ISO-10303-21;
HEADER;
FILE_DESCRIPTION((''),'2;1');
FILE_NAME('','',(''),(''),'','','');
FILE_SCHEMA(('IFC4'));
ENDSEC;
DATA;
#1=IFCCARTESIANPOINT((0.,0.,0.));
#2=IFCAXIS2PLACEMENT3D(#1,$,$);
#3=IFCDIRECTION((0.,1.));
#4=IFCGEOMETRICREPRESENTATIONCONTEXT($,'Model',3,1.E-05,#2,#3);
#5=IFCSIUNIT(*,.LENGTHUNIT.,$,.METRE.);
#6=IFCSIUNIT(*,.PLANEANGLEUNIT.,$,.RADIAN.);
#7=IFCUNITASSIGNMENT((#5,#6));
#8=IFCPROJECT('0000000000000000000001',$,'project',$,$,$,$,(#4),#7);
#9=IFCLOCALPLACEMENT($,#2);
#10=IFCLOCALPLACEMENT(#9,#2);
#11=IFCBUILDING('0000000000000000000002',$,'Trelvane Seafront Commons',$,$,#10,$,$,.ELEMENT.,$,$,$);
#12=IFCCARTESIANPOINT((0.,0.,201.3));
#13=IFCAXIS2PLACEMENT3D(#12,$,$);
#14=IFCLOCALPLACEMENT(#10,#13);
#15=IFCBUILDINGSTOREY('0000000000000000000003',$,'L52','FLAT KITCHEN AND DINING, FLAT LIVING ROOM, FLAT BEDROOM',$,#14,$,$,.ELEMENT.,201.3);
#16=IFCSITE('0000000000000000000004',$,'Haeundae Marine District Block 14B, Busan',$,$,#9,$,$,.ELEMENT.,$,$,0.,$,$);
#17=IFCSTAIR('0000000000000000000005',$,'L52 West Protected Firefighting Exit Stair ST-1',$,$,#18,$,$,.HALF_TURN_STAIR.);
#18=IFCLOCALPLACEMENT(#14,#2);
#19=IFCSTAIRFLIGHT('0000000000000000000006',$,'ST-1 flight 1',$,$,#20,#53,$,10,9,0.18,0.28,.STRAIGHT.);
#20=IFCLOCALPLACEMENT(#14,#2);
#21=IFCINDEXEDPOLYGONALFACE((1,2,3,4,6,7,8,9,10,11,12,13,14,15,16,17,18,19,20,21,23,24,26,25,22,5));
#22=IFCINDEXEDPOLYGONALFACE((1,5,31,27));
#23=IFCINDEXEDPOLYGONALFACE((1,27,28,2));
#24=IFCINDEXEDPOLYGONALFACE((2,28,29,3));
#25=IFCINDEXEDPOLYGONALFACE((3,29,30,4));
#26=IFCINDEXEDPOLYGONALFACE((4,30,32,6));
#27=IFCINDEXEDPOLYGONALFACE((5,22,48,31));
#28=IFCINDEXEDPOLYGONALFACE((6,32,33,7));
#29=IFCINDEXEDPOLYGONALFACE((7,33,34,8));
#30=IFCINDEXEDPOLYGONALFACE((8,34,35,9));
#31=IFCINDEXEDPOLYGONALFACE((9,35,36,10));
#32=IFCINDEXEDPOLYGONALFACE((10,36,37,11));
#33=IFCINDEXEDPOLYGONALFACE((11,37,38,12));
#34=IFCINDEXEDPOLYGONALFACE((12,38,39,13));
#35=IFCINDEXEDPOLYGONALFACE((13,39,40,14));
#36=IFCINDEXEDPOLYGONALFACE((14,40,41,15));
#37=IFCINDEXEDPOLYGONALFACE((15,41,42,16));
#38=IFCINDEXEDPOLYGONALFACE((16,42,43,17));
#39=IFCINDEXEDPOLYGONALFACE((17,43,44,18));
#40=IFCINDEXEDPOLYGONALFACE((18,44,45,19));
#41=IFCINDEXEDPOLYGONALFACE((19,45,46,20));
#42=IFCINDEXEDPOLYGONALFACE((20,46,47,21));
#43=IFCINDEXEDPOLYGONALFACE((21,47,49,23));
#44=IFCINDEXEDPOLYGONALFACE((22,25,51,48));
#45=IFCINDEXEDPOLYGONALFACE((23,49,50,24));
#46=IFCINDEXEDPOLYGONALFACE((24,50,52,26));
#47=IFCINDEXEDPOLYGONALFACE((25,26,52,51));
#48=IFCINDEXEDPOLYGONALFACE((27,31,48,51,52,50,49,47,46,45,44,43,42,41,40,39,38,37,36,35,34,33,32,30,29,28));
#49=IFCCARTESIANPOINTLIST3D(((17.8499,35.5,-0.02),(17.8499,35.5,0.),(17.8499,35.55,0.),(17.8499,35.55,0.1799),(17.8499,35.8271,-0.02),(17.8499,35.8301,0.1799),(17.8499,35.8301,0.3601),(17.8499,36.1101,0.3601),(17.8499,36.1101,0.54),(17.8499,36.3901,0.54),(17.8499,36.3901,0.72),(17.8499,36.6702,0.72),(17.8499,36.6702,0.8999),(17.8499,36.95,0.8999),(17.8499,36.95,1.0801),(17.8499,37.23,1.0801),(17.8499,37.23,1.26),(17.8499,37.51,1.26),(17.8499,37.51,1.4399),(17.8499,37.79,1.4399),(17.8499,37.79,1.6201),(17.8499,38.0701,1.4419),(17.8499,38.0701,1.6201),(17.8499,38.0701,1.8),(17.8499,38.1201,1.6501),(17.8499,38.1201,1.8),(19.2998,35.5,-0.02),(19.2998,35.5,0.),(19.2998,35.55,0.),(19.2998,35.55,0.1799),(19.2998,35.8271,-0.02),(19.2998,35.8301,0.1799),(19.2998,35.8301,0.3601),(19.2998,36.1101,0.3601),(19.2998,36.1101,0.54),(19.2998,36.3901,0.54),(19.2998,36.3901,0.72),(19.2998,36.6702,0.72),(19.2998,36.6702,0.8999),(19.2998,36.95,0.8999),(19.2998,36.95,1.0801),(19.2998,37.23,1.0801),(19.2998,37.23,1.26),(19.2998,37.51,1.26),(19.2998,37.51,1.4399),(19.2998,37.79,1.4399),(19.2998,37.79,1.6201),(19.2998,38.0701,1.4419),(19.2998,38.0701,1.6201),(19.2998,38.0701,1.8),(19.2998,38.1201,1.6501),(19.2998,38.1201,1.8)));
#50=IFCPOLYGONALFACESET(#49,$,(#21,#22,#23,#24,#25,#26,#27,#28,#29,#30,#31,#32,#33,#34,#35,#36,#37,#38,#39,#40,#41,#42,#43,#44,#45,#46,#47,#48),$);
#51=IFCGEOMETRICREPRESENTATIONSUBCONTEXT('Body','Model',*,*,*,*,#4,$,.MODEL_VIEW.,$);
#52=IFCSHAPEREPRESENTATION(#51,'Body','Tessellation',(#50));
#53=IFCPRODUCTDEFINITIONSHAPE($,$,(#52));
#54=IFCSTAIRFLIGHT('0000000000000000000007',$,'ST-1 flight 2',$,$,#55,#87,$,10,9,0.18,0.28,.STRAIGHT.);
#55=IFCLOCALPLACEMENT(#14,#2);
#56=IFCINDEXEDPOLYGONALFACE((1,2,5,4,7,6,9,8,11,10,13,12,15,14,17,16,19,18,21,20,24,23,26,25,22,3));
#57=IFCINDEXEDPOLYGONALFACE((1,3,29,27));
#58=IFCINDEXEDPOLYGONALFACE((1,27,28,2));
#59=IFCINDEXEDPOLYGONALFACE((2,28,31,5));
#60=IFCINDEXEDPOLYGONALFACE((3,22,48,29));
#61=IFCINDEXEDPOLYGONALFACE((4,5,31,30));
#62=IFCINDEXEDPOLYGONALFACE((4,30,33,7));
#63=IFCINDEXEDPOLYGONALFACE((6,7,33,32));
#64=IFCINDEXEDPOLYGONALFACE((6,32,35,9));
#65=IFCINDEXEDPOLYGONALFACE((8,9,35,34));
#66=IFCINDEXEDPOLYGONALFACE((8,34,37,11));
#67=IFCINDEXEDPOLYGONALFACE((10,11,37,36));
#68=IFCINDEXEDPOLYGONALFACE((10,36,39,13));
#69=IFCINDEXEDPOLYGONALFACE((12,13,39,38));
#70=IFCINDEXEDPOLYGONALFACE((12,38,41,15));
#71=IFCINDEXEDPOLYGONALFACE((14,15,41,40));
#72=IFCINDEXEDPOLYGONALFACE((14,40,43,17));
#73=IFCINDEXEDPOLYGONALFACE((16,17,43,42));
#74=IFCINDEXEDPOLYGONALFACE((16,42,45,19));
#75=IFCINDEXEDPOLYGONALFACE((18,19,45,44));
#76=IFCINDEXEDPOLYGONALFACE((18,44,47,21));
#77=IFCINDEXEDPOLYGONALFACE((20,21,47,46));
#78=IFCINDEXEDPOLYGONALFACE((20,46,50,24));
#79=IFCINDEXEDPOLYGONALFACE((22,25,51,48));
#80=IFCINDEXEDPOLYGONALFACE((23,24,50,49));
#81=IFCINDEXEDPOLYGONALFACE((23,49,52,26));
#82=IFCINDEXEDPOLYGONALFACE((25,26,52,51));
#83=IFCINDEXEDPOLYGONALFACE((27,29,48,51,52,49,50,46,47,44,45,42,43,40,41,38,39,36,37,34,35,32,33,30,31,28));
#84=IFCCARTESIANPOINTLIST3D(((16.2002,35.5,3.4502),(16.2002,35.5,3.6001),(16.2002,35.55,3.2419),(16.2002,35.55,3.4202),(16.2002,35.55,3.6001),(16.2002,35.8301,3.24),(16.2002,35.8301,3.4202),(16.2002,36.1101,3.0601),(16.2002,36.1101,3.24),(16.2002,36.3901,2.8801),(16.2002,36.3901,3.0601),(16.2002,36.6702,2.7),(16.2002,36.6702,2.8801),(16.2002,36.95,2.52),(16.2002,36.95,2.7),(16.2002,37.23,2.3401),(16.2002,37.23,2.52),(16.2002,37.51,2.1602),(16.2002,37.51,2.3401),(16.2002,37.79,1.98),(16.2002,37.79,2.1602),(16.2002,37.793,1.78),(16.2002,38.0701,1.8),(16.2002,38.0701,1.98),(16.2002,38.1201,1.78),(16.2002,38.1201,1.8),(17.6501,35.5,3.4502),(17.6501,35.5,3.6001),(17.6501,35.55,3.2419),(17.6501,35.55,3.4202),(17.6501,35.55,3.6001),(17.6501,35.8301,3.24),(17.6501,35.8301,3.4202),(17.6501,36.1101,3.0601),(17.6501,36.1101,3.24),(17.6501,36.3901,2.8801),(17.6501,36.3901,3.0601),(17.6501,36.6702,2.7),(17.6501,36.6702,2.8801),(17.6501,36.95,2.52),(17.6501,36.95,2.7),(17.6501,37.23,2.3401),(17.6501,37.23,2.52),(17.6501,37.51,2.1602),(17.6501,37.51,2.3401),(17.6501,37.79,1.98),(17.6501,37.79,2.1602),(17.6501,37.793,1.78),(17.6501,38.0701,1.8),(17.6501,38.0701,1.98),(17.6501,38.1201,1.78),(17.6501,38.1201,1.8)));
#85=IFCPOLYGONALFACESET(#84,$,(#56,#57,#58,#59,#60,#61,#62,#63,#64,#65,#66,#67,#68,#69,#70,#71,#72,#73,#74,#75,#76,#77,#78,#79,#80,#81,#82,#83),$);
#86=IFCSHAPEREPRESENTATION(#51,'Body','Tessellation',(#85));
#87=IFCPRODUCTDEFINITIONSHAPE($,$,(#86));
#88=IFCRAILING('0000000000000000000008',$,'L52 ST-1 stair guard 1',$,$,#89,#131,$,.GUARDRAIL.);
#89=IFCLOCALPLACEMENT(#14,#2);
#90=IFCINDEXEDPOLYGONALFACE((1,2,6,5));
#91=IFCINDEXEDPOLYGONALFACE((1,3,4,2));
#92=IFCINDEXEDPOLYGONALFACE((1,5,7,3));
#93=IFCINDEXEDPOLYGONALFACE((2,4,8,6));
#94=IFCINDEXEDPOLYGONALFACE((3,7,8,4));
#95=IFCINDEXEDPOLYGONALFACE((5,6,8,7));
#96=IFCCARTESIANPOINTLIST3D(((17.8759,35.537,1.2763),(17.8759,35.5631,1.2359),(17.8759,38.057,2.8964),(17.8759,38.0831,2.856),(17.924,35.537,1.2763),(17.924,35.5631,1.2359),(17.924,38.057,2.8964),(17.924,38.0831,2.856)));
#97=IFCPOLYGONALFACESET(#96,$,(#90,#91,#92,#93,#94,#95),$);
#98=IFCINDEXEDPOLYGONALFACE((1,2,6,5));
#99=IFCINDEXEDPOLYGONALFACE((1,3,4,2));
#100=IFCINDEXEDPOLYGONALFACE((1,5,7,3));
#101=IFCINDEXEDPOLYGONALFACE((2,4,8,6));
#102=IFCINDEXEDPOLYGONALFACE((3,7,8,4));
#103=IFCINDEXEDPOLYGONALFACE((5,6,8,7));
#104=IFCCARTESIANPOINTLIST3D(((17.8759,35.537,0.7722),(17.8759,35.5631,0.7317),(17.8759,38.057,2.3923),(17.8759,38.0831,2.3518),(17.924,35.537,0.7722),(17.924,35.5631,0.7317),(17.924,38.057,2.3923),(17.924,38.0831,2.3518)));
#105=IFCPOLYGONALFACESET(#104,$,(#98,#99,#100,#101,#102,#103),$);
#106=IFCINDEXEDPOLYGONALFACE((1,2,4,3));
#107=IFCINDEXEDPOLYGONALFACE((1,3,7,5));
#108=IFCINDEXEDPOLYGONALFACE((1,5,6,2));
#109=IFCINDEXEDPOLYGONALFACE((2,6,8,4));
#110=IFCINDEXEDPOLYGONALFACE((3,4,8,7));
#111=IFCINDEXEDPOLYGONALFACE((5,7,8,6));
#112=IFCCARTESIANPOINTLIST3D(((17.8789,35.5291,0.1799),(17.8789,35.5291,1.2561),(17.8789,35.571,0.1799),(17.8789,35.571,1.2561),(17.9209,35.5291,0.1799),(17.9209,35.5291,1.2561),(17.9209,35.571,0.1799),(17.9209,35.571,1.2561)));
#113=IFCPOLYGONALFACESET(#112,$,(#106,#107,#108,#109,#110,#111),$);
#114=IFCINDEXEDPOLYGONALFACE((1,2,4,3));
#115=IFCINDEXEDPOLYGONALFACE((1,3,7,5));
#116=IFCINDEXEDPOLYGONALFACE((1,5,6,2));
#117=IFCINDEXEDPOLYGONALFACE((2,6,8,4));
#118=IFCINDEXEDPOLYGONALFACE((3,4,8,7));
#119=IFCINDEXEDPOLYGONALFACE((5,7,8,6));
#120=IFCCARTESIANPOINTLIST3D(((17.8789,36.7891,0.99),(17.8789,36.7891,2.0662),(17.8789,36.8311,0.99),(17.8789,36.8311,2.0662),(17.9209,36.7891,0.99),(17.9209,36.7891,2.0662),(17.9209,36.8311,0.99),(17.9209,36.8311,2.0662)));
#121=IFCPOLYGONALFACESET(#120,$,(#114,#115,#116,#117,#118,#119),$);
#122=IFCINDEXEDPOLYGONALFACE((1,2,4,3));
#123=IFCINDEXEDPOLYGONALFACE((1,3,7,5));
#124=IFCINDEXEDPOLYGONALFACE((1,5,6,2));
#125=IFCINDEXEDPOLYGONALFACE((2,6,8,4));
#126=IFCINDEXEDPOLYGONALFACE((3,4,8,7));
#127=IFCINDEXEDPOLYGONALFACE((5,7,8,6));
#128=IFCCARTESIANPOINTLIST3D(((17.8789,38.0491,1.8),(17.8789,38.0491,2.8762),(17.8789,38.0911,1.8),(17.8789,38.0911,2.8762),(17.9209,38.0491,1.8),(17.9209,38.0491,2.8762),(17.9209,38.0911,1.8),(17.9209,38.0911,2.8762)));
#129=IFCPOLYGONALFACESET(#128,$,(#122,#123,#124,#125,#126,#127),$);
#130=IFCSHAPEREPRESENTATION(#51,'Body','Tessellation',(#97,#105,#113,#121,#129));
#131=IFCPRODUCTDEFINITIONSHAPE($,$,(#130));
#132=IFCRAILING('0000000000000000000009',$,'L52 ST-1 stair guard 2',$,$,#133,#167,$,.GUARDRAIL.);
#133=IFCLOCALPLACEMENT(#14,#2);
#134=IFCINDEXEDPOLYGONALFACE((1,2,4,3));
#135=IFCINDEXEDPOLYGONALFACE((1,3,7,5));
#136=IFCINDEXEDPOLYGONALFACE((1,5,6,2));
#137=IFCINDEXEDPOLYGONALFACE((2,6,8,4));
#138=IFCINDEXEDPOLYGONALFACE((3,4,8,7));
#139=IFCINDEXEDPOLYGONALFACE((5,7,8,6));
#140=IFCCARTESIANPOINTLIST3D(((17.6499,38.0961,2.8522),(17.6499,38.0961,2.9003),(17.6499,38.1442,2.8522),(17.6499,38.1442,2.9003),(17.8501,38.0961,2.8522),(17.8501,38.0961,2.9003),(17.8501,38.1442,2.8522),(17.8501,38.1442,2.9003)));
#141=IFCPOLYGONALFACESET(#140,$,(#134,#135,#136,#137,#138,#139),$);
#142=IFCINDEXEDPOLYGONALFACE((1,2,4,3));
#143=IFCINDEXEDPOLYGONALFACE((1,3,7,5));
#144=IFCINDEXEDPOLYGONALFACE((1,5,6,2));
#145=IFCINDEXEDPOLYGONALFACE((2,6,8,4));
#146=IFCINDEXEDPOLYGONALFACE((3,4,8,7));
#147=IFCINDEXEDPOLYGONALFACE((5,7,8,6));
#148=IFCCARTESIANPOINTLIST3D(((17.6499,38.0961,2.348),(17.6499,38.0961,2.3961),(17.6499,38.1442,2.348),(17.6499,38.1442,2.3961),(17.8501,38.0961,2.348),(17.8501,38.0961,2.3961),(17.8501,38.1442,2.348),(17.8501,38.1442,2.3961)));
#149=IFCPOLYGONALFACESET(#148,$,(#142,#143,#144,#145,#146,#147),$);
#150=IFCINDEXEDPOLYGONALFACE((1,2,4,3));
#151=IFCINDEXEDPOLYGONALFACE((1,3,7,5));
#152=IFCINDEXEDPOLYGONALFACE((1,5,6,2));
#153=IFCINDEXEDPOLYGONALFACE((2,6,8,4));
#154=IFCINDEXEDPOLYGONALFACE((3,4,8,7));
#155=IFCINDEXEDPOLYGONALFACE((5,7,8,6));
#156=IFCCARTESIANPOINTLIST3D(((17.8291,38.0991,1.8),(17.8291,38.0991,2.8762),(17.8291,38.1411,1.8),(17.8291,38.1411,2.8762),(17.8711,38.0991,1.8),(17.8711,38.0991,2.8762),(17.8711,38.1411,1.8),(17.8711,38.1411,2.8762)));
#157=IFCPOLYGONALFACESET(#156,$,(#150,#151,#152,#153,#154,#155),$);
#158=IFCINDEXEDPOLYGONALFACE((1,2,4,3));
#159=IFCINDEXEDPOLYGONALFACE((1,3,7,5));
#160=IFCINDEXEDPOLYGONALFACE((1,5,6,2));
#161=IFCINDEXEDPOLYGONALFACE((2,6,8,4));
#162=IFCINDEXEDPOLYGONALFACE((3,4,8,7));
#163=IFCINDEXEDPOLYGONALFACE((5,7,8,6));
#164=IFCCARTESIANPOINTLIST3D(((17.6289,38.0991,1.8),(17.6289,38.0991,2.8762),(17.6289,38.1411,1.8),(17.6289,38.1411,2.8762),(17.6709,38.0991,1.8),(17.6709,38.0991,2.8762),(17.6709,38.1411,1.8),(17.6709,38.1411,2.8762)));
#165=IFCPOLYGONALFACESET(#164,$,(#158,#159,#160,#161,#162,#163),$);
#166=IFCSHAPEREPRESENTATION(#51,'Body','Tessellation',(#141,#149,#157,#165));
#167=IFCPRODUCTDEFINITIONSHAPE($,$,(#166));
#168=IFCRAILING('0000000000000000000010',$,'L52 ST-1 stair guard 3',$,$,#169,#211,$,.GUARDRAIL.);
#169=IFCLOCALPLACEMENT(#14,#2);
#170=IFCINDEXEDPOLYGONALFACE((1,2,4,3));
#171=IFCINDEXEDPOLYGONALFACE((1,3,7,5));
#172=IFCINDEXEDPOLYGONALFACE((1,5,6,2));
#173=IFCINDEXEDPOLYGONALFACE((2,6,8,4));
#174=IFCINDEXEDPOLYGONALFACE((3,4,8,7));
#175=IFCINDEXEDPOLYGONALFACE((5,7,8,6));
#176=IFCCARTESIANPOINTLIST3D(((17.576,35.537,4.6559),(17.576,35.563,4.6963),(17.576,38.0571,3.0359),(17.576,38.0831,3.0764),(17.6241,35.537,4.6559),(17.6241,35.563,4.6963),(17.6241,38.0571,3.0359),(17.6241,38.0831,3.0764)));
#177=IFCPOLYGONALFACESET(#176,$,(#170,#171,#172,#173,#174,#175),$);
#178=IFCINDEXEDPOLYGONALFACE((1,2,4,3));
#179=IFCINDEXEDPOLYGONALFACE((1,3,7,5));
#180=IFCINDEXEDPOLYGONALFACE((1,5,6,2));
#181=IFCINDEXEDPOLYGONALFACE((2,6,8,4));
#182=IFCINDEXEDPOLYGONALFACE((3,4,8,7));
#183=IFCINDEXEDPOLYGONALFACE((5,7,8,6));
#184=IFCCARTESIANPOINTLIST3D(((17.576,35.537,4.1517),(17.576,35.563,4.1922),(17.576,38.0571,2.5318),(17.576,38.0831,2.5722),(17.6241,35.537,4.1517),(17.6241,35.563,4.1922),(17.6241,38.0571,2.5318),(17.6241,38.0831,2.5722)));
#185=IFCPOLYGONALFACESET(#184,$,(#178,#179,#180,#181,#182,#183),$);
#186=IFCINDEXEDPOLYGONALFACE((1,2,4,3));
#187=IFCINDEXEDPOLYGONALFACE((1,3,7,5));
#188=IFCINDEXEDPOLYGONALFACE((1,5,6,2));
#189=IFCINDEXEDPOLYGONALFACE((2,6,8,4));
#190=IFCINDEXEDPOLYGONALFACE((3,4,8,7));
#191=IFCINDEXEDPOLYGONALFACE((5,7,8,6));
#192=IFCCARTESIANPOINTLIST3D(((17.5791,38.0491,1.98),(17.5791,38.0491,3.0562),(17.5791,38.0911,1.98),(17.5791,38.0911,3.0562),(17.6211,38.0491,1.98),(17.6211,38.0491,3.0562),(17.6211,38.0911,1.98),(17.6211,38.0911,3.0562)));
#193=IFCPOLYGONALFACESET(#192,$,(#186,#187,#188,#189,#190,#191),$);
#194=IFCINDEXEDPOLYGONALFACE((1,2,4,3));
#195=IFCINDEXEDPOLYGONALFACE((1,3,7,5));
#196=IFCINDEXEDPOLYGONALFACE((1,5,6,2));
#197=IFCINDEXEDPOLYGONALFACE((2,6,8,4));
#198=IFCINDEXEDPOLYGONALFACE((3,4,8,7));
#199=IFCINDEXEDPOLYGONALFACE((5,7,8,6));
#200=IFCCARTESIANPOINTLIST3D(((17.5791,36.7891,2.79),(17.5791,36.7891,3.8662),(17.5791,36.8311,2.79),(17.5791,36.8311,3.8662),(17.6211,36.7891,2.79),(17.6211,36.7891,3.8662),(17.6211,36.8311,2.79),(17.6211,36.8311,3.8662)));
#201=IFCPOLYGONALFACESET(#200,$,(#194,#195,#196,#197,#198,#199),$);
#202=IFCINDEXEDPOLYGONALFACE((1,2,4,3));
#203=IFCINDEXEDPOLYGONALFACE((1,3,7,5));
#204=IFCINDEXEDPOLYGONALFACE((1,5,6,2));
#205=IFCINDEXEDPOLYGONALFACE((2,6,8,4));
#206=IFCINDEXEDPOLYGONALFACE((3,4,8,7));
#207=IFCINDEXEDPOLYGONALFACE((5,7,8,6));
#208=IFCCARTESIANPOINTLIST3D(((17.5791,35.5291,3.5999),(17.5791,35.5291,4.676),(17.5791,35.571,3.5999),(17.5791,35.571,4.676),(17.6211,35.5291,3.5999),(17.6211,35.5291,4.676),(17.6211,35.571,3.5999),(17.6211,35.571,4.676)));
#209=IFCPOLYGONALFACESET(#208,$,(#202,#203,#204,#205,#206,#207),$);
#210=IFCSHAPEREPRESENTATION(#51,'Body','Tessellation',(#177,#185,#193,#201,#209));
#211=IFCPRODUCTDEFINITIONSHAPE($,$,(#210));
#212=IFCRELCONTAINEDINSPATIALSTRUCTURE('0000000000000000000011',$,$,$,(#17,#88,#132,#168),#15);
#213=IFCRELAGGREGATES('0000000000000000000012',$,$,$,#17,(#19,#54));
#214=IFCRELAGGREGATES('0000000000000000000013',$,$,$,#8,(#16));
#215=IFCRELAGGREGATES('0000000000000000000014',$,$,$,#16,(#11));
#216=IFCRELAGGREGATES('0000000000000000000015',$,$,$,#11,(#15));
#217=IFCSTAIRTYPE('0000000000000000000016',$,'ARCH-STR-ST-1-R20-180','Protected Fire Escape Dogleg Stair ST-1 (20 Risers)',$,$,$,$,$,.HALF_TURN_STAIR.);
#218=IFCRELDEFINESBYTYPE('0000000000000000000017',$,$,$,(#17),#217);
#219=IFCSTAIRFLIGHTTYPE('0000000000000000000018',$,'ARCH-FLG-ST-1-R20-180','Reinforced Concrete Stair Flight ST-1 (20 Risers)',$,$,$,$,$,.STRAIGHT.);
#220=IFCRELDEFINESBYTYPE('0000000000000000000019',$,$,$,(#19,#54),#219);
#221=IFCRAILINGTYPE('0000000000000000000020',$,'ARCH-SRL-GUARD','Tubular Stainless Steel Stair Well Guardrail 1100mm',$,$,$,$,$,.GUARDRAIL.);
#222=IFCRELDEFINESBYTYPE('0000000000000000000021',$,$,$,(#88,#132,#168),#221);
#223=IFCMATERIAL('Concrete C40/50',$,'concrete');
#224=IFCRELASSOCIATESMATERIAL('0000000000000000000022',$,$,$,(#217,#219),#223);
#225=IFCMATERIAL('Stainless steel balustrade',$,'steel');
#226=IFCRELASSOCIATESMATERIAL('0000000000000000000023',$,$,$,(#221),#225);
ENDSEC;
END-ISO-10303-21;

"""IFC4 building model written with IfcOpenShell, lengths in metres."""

from ifc_helpers import new_model, si_unit, direction, frame, origin, origin_2d, place, context, subcontext, project, spatial, polyline, rectangle, outline, extrude, source, transform, mapped, material, type_object, element, aggregate, save


model = new_model("IFC4")

# Units and contexts
model_context = context("Model", 3, precision=1e-05, world=origin(), true_north=direction((0.0, 1.0)))
body_context = subcontext(model_context, "Body", "Model", "MODEL_VIEW")
ifc_project = project(units=[si_unit("LENGTHUNIT", "METRE"), si_unit("PLANEANGLEUNIT", "RADIAN")], contexts=[model_context])

# Site, building, storey
site_placement = place(None, origin())
site = spatial("IfcSite", under=ifc_project, at=site_placement, Name="Haeundae Marine District Block 14B, Busan", CompositionType="ELEMENT", RefElevation=0.0)
building_placement = place(site_placement, origin())
building = spatial("IfcBuilding", under=site, at=building_placement, Name="Trelvane Seafront Commons", CompositionType="ELEMENT")
storey_placement = place(building_placement, frame((0.0, 0.0, 201.3)))
storey = spatial("IfcBuildingStorey", under=building, at=storey_placement, Name="L52", Description="FLAT KITCHEN AND DINING, FLAT LIVING ROOM, FLAT BEDROOM", CompositionType="ELEMENT", Elevation=201.3)

# Shared definitions
ifc_material_1 = material(Name="Concrete C40/50", Category="concrete")

# Shared definitions
ifc_material_2 = material(Name="Stainless steel balustrade", Category="steel")

# Stair, stair flights
stair_type = type_object("IfcStairType", Name="ARCH-STR-ST-1-R20-180", Description="Protected Fire Escape Dogleg Stair ST-1 (20 Risers)", PredefinedType="HALF_TURN_STAIR", material=ifc_material_1)
stair_placement = place(storey_placement, origin())
stair = element("IfcStair", 1, at=stair_placement, inside=storey, type_object=stair_type, Name="L52 West Protected Firefighting Exit Stair ST-1", PredefinedType="HALF_TURN_STAIR")
stair_flight_type = type_object("IfcStairFlightType", Name="ARCH-FLG-ST-1-R20-180", Description="Reinforced Concrete Stair Flight ST-1 (20 Risers)", PredefinedType="STRAIGHT", material=ifc_material_1)
shared_shape_1 = source(origin(), body_context, "Body", "SweptSolid", [
    extrude(outline(polyline([(-0.05, -0.02), (-0.05, 0.0), (0.0, 0.0), (0.0, 0.1799), (0.28, 0.1799), (0.28, 0.3601), (0.5601, 0.3601), (0.5601, 0.54), (0.8401, 0.54), (0.8401, 0.72), (1.1201, 0.72), (1.1201, 0.8999), (1.3999, 0.8999), (1.3999, 1.0801), (1.6799, 1.0801), (1.6799, 1.26), (1.96, 1.26), (1.96, 1.4399), (2.24, 1.4399), (2.24, 1.6201), (2.52, 1.6201), (2.52, 1.8), (2.5701, 1.8), (2.5701, 1.6501), (2.52, 1.4419), (0.2771, -0.02), (-0.05, -0.02)])), frame((0.0, 0.7251, 0.0), z_axis=(0.0, -1.0, 0.0), x_axis=(1.0, 0.0, 0.0)), (0.0, 0.0, 1.0), 1.45),
])
stair_flight_1_placement = place(storey_placement, frame((18.575, 35.55, 0.0), z_axis=(0.0, 0.0, 1.0), x_axis=(0.0, 1.0, 0.0)))
stair_flight_1 = element("IfcStairFlight", 2, at=stair_flight_1_placement, type_object=stair_flight_type, Name="ST-1 flight 1", NumberOfRisers=10, NumberOfTreads=9, PredefinedType="STRAIGHT", RiserHeight=0.18, TreadLength=0.28, context=body_context, shape_type="MappedRepresentation", body=[
    mapped(shared_shape_1, transform((0.0, 0.0, 0.0), x_axis=(1.0, 0.0, 0.0), y_axis=(0.0, 1.0, 0.0), z_axis=(0.0, 0.0, 1.0), scale=1.0)),
])
stair_flight_2_placement = place(storey_placement, frame((16.925, 38.0701, 1.8), z_axis=(0.0, 0.0, 1.0), x_axis=(0.0, -1.0, 0.0)))
stair_flight_2 = element("IfcStairFlight", 3, at=stair_flight_2_placement, type_object=stair_flight_type, Name="ST-1 flight 2", NumberOfRisers=10, NumberOfTreads=9, PredefinedType="STRAIGHT", RiserHeight=0.18, TreadLength=0.28, context=body_context, shape_type="MappedRepresentation", body=[
    mapped(shared_shape_1, transform((0.0, 0.0, 0.0), x_axis=(1.0, 0.0, 0.0), y_axis=(0.0, 1.0, 0.0), z_axis=(0.0, 0.0, 1.0), scale=1.0)),
])
aggregate(stair, [stair_flight_1, stair_flight_2])

# Railings
railing_type_1 = type_object("IfcRailingType", Name="ARCH-SRL-GUARD", Description="Tubular Stainless Steel Stair Well Guardrail 1100mm", PredefinedType="GUARDRAIL", material=ifc_material_2)
railing_1_placement = place(storey_placement, frame((17.8999, 35.55, 0.1799)))
element("IfcRailing", 4, at=railing_1_placement, inside=storey, type_object=railing_type_1, Name="L52 ST-1 stair guard 1", PredefinedType="GUARDRAIL", context=body_context, shape_type="SweptSolid", body=[
    extrude(rectangle(XDim=0.0481, YDim=0.0481, at=origin_2d()), frame((0.0, 0.0, 1.0762), z_axis=(0.0, 0.841163, 0.540782), x_axis=(-1.0, 0.0, 0.0)), (0.0, 0.0, 1.0), 2.9958),
    extrude(rectangle(XDim=0.0481, YDim=0.0481, at=origin_2d()), frame((0.0, 0.0, 0.572), z_axis=(0.0, 0.841163, 0.540782), x_axis=(-1.0, 0.0, 0.0)), (0.0, 0.0, 1.0), 2.9958),
    extrude(rectangle(XDim=0.042, YDim=0.042, at=origin_2d()), origin(), (0.0, 0.0, 1.0), 1.0762),
    extrude(rectangle(XDim=0.042, YDim=0.042, at=origin_2d()), frame((0.0, 1.26, 0.8101)), (0.0, 0.0, 1.0), 1.0762),
    extrude(rectangle(XDim=0.042, YDim=0.042, at=origin_2d()), frame((0.0, 2.52, 1.6201)), (0.0, 0.0, 1.0), 1.0762),
])
railing_2_placement = place(storey_placement, frame((17.8501, 38.1201, 1.8)))
element("IfcRailing", 5, at=railing_2_placement, inside=storey, type_object=railing_type_1, Name="L52 ST-1 stair guard 2", PredefinedType="GUARDRAIL", context=body_context, shape_type="SweptSolid", body=[
    extrude(rectangle(XDim=0.0481, YDim=0.0481, at=origin_2d()), frame((0.0, 0.0, 1.0762), z_axis=(-1.0, 0.0, 0.0), x_axis=(0.0, -1.0, 0.0)), (0.0, 0.0, 1.0), 0.2002),
    extrude(rectangle(XDim=0.0481, YDim=0.0481, at=origin_2d()), frame((0.0, 0.0, 0.572), z_axis=(-1.0, 0.0, 0.0), x_axis=(0.0, -1.0, 0.0)), (0.0, 0.0, 1.0), 0.2002),
    extrude(rectangle(XDim=0.042, YDim=0.042, at=origin_2d()), origin(), (0.0, 0.0, 1.0), 1.0762),
    extrude(rectangle(XDim=0.042, YDim=0.042, at=origin_2d()), frame((-0.2002, 0.0, 0.0)), (0.0, 0.0, 1.0), 1.0762),
])
railing_3_placement = place(storey_placement, frame((17.6001, 38.0701, 1.98)))
element("IfcRailing", 6, at=railing_3_placement, inside=storey, type_object=railing_type_1, Name="L52 ST-1 stair guard 3", PredefinedType="GUARDRAIL", context=body_context, shape_type="SweptSolid", body=[
    extrude(rectangle(XDim=0.0481, YDim=0.0481, at=origin_2d()), frame((0.0, 0.0, 1.0762), z_axis=(0.0, -0.8412, 0.540725), x_axis=(1.0, 0.0, 0.0)), (0.0, 0.0, 1.0), 2.9958),
    extrude(rectangle(XDim=0.0481, YDim=0.0481, at=origin_2d()), frame((0.0, 0.0, 0.572), z_axis=(0.0, -0.8412, 0.540725), x_axis=(1.0, 0.0, 0.0)), (0.0, 0.0, 1.0), 2.9958),
    extrude(rectangle(XDim=0.042, YDim=0.042, at=origin_2d()), origin(), (0.0, 0.0, 1.0), 1.0762),
    extrude(rectangle(XDim=0.042, YDim=0.042, at=origin_2d()), frame((0.0, -1.26, 0.8101)), (0.0, 0.0, 1.0), 1.0762),
    extrude(rectangle(XDim=0.042, YDim=0.042, at=origin_2d()), frame((0.0, -2.52, 1.6199)), (0.0, 0.0, 1.0), 1.0762),
])

save(model, "model.ifc")
